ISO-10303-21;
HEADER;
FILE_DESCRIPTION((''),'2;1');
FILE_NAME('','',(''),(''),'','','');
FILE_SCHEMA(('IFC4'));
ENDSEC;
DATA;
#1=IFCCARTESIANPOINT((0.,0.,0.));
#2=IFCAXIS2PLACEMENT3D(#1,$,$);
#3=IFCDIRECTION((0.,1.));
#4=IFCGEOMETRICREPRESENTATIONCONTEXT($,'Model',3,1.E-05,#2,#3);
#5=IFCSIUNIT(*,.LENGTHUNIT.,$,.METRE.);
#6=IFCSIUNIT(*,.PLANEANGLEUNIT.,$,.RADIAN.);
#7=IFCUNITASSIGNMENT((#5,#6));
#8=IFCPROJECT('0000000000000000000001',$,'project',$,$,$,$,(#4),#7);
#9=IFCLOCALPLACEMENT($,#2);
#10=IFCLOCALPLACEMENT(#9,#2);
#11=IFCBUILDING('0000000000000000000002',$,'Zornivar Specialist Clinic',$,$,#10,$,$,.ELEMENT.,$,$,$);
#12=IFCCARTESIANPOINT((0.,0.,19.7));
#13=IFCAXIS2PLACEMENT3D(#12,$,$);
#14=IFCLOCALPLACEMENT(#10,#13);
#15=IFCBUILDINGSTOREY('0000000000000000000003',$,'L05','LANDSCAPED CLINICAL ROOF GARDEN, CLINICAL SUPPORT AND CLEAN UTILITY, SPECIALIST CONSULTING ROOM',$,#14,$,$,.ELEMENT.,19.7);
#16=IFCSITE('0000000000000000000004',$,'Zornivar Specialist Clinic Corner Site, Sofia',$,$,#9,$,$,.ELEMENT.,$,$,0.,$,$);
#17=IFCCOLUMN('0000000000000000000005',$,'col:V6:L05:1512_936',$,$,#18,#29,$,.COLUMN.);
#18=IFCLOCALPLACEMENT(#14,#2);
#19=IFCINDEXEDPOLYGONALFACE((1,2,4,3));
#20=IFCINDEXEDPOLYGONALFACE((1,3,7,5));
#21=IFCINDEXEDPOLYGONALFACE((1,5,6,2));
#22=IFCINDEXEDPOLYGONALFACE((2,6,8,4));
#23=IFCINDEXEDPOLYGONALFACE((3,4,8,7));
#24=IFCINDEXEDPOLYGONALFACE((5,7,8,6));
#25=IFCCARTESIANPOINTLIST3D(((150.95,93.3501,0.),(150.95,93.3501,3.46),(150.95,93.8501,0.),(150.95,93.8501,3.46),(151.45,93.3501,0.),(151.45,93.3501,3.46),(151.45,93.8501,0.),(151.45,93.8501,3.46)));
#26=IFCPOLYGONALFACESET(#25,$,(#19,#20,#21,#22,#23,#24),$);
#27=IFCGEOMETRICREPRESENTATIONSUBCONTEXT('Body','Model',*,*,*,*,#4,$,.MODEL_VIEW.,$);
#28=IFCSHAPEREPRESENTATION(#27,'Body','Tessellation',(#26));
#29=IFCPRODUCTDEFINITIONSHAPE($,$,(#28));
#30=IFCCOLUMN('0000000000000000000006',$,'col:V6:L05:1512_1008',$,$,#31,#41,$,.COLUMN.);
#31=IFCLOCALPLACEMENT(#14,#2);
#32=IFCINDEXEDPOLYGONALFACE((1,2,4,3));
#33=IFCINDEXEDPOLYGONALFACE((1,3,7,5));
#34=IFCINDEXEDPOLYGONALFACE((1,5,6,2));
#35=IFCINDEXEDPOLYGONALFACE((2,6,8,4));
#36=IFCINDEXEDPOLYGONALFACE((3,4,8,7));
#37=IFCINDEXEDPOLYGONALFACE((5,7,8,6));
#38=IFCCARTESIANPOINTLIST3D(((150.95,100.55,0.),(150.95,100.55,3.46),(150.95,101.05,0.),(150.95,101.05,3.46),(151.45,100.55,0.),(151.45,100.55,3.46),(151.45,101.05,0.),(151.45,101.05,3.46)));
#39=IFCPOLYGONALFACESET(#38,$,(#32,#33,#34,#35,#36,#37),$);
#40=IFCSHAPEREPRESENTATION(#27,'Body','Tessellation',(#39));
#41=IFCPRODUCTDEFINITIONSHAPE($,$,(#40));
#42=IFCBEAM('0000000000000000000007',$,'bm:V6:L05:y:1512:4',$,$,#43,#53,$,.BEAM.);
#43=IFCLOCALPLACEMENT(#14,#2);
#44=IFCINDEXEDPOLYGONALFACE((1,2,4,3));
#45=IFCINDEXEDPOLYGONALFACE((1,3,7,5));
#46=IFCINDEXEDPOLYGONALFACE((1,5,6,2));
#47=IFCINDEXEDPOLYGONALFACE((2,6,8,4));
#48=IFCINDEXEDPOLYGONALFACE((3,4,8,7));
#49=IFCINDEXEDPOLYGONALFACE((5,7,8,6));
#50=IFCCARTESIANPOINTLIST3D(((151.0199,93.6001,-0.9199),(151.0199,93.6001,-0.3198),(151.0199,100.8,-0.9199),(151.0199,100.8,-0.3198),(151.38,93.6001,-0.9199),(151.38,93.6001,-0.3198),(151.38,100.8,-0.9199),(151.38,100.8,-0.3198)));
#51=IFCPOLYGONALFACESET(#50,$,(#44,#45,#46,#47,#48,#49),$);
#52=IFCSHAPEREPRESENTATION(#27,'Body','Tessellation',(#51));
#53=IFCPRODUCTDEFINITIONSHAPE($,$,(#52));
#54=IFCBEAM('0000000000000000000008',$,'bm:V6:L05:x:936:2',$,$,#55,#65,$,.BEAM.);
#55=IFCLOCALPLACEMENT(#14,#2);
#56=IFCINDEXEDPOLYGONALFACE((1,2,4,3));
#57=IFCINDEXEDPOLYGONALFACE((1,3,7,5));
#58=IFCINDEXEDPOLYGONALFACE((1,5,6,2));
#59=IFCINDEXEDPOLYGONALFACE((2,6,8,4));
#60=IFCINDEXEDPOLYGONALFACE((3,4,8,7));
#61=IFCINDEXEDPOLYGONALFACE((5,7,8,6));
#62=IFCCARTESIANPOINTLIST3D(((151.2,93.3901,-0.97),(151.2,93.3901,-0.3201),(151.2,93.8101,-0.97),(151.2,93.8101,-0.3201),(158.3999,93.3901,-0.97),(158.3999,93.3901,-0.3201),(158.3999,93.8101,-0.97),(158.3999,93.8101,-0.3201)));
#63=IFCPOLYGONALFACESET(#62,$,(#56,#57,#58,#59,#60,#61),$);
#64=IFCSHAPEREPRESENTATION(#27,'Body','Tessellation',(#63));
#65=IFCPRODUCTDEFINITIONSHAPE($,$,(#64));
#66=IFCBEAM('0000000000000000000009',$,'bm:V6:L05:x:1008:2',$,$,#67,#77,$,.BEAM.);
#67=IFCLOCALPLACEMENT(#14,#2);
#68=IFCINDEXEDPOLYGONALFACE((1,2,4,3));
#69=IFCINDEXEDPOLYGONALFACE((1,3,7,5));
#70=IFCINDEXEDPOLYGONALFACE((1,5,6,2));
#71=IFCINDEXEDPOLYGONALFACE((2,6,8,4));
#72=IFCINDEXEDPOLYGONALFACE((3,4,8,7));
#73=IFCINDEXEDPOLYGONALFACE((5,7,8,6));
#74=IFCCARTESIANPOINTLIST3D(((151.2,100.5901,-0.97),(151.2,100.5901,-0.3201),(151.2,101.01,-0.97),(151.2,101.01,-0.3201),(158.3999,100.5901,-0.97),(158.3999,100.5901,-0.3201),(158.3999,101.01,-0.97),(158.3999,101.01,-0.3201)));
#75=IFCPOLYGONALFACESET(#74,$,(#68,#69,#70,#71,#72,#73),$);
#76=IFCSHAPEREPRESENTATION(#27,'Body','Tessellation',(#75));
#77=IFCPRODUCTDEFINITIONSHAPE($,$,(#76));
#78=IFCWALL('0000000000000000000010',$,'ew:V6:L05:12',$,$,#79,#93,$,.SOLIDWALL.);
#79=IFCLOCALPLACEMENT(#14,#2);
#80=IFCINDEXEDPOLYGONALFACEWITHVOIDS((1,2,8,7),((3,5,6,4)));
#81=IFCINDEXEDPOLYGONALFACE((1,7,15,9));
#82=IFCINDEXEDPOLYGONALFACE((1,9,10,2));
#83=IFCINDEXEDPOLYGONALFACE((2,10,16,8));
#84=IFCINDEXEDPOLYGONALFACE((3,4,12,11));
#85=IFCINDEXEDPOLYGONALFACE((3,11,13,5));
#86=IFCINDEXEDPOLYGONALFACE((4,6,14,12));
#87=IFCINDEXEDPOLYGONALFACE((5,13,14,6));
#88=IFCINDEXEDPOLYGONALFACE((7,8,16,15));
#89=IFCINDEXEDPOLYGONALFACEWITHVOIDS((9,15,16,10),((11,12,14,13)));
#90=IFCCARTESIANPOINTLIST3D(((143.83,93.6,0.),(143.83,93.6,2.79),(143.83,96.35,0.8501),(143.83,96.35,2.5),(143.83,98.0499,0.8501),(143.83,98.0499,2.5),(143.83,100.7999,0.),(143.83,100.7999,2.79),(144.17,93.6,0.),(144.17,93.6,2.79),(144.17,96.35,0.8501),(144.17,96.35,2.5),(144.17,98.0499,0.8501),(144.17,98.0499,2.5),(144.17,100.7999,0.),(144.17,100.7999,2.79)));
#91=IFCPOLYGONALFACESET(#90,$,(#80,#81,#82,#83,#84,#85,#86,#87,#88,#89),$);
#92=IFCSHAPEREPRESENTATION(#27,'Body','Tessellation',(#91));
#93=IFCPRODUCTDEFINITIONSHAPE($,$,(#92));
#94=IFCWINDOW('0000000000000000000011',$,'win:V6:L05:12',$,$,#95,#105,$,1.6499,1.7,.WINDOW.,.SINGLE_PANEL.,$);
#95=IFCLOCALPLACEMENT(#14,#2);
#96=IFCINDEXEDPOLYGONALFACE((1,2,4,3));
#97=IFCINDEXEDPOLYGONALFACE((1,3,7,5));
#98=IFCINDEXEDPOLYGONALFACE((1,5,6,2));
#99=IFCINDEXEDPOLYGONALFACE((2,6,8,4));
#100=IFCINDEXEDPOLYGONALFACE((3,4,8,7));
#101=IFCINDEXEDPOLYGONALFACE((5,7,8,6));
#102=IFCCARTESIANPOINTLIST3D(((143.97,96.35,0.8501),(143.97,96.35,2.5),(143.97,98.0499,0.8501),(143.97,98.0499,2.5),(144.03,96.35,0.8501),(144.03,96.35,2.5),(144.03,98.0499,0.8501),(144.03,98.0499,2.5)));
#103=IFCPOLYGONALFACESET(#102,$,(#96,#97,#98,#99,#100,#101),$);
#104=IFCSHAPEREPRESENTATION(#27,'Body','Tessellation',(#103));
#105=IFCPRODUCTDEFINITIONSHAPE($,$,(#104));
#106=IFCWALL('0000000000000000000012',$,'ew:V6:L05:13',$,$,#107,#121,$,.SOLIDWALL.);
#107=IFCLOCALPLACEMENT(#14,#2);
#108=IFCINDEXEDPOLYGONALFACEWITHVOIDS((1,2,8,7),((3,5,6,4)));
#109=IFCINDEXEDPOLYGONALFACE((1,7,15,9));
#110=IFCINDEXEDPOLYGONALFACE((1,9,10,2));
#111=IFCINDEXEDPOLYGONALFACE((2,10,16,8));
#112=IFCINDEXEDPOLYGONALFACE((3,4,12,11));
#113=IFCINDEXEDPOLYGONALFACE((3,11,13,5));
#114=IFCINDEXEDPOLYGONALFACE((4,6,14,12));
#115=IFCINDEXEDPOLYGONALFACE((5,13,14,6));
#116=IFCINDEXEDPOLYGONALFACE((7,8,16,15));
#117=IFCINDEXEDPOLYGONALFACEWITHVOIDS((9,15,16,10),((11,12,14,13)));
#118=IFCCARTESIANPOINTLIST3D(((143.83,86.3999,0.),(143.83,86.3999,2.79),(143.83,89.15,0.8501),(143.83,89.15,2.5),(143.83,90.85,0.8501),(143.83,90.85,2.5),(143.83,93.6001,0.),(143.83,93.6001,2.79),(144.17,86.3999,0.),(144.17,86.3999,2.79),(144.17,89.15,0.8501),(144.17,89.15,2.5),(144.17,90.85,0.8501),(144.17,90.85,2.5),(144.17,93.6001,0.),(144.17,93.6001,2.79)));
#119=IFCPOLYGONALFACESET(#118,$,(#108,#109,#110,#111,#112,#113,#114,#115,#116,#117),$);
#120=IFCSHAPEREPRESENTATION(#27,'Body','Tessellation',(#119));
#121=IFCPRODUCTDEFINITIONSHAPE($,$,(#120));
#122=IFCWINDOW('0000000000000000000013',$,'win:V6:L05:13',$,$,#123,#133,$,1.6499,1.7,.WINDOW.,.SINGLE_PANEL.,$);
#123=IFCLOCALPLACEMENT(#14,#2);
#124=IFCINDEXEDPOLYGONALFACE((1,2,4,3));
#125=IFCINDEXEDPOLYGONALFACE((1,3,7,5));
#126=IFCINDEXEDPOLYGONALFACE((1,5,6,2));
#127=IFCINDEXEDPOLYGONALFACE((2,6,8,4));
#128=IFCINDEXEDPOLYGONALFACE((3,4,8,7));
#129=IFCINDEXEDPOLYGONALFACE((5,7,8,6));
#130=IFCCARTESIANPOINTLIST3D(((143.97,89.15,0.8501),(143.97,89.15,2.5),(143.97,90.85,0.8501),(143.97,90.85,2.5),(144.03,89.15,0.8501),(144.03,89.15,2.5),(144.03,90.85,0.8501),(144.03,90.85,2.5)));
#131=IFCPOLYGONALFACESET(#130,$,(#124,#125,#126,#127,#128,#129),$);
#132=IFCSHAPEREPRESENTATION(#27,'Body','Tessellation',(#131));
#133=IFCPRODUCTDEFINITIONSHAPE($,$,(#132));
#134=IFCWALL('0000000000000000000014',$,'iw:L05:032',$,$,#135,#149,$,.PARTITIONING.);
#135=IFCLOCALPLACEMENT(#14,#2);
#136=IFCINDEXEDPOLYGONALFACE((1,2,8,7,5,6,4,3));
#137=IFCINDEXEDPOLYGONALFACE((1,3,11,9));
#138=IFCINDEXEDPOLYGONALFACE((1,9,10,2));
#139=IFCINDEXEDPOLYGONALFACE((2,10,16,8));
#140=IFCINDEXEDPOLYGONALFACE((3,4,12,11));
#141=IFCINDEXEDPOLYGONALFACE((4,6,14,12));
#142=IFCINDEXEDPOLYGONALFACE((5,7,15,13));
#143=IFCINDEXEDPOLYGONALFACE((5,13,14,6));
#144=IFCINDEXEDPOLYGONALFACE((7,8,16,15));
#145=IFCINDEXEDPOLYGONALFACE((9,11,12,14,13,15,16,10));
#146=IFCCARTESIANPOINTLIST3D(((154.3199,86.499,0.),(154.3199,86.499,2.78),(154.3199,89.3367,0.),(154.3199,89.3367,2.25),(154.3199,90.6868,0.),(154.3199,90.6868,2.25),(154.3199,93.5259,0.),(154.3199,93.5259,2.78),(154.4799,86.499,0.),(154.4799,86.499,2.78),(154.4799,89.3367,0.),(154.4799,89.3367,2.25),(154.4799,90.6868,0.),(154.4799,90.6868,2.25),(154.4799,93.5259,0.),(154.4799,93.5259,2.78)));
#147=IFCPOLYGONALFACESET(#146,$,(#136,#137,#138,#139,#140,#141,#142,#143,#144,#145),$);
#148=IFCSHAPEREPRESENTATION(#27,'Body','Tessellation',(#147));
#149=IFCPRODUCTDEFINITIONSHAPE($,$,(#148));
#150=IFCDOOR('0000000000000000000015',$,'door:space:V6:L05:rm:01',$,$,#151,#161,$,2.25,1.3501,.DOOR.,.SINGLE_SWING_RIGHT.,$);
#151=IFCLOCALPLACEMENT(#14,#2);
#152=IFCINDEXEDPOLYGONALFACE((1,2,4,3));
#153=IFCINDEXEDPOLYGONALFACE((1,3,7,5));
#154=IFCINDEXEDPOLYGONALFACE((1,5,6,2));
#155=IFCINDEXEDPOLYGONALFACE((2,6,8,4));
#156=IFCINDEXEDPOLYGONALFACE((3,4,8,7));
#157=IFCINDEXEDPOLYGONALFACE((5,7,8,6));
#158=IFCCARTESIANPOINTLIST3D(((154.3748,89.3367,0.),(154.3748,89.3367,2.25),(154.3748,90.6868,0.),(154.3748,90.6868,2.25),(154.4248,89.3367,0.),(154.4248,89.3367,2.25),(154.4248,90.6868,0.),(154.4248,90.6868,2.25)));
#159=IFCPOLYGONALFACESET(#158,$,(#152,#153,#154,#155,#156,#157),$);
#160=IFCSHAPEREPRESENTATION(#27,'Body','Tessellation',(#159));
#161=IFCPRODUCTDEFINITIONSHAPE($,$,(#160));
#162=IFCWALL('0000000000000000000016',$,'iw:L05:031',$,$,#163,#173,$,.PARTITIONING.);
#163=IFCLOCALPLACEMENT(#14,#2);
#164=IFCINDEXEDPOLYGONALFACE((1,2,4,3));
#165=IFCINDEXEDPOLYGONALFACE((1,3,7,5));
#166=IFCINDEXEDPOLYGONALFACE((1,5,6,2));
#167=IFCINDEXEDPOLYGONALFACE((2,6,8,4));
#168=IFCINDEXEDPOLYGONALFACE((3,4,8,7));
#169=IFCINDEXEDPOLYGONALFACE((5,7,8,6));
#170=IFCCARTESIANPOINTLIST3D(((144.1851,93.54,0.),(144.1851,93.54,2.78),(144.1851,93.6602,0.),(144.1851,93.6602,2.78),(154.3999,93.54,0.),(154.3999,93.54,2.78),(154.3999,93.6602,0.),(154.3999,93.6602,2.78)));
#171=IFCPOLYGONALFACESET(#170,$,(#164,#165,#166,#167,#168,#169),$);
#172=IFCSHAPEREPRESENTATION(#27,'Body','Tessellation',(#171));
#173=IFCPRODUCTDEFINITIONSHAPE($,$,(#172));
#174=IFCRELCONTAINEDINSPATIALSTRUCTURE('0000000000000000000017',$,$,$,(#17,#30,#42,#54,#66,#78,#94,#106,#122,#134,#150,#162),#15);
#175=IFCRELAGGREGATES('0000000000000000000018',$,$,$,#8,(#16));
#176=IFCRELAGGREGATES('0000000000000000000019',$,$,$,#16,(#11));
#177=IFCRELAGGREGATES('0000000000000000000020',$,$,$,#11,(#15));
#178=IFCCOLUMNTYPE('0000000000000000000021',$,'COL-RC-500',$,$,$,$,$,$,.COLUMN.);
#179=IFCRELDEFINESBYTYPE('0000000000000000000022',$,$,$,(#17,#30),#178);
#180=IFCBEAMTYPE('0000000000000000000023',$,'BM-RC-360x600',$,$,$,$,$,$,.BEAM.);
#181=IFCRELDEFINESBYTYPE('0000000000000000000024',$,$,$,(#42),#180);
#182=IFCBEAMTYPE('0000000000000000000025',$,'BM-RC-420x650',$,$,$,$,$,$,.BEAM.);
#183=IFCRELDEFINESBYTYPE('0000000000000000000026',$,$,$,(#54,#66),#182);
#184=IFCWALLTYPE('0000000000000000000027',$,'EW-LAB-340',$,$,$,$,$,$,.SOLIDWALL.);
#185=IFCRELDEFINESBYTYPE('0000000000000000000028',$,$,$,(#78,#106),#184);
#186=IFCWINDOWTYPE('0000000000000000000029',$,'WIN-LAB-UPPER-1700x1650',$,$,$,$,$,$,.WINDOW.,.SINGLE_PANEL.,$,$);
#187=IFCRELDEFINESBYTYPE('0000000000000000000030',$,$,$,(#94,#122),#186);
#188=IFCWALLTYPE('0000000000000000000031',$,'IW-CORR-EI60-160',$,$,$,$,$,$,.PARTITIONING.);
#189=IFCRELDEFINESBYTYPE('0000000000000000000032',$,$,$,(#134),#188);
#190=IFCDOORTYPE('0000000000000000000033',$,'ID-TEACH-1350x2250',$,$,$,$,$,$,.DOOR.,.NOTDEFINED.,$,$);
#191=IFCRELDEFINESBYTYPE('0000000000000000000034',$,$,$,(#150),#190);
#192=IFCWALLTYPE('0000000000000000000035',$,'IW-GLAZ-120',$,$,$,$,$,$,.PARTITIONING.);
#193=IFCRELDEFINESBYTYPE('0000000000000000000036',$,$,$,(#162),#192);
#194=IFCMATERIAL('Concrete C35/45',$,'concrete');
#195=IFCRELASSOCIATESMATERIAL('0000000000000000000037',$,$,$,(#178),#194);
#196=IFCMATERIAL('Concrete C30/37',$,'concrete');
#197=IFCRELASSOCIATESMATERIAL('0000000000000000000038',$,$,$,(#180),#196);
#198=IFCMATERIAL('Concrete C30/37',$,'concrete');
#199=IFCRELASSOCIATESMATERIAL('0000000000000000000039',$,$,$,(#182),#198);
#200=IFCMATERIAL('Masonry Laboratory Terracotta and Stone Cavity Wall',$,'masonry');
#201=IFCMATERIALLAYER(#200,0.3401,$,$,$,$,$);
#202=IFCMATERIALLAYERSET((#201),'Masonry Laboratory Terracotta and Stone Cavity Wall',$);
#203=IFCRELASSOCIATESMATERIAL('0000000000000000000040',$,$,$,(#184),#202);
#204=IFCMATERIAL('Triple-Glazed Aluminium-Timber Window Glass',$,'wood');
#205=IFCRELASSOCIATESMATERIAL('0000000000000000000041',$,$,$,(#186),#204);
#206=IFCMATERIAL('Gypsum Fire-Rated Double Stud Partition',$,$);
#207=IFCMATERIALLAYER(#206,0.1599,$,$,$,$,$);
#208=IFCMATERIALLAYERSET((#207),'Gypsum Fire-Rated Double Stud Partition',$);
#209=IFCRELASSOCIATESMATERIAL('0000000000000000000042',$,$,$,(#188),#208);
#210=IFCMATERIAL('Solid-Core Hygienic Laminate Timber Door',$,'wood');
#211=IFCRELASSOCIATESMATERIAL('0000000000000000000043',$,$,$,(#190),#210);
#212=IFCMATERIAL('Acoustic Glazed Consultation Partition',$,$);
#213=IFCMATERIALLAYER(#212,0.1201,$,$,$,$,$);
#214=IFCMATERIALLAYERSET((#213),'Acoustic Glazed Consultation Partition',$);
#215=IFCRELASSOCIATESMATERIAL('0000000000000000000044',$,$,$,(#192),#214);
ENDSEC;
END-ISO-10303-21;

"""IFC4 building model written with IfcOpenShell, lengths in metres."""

from ifc_helpers import new_model, si_unit, direction, frame, frame_2d, origin, origin_2d, place, context, subcontext, project, spatial, rectangle, extrude, material, layer, layer_set, material_profile, profile_set, type_object, element, fill, save


model = new_model("IFC4")

# Units and contexts
model_context = context("Model", 3, precision=1e-05, world=origin(), true_north=direction((0.0, 1.0)))
body_context = subcontext(model_context, "Body", "Model", "MODEL_VIEW")
ifc_project = project(units=[si_unit("LENGTHUNIT", "METRE"), si_unit("PLANEANGLEUNIT", "RADIAN")], contexts=[model_context])

# Site, building, storey
site_placement = place(None, origin())
site = spatial("IfcSite", under=ifc_project, at=site_placement, Name="Zornivar Specialist Clinic Corner Site, Sofia", CompositionType="ELEMENT", RefElevation=0.0)
building_placement = place(site_placement, origin())
building = spatial("IfcBuilding", under=site, at=building_placement, Name="Zornivar Specialist Clinic", CompositionType="ELEMENT")
storey_placement = place(building_placement, frame((0.0, 0.0, 19.7)))
storey = spatial("IfcBuildingStorey", under=building, at=storey_placement, Name="L05", Description="LANDSCAPED CLINICAL ROOF GARDEN, CLINICAL SUPPORT AND CLEAN UTILITY, SPECIALIST CONSULTING ROOM", CompositionType="ELEMENT", Elevation=19.7)

# Columns
ifc_material_1 = material(Name="Concrete C35/45", Category="concrete")
ifc_material_profile_1 = material_profile(ifc_material_1, rectangle(XDim=0.5, YDim=0.5, at=origin_2d()), Name="RC 500x500")
ifc_profile_set_1 = profile_set([ifc_material_profile_1], Name="Concrete C35/45")
column_type = type_object("IfcColumnType", Name="COL-RC-500", PredefinedType="COLUMN", material=ifc_profile_set_1)
for number, where, z_axis, x_axis, name in (
    (1, (151.2, 93.6001, 0.0), (0.0, 0.0, 1.0), (1.0, 0.0, 0.0), "col:V6:L05:1512_936"),
    (2, (151.2, 100.8, 0.0), (0.0, 0.0, 1.0), (1.0, 0.0, 0.0), "col:V6:L05:1512_1008"),
):
    element("IfcColumn", number, at=place(storey_placement, frame(where, z_axis=z_axis, x_axis=x_axis)), inside=storey, type_object=column_type, Name=name, PredefinedType="COLUMN", context=body_context, shape_type="SweptSolid", body=[
        extrude(rectangle(XDim=0.5, YDim=0.5, at=origin_2d()), origin(), (0.0, 0.0, 1.0), 3.46),
    ])

# Beams
ifc_material_2 = material(Name="Concrete C30/37", Category="concrete")
ifc_material_profile_2 = material_profile(ifc_material_2, rectangle(XDim=0.3601, YDim=0.6001, at=origin_2d()), Name="RC 360x600")
ifc_profile_set_2 = profile_set([ifc_material_profile_2], Name="Concrete C30/37")
beam_type_1 = type_object("IfcBeamType", Name="BM-RC-360x600", PredefinedType="BEAM", material=ifc_profile_set_2)
beam_placement = place(storey_placement, frame((151.2, 93.6001, -0.6199), z_axis=(0.0, 1.0, 0.0), x_axis=(-1.0, 0.0, 0.0)))
element("IfcBeam", 3, at=beam_placement, inside=storey, type_object=beam_type_1, Name="bm:V6:L05:y:1512:4", PredefinedType="BEAM", context=body_context, shape_type="SweptSolid", body=[
    extrude(rectangle(XDim=0.3601, YDim=0.6001, at=origin_2d()), origin(), (0.0, 0.0, 1.0), 7.2),
])
ifc_material_3 = material(Name="Concrete C30/37", Category="concrete")
ifc_material_profile_3 = material_profile(ifc_material_3, rectangle(XDim=0.4199, YDim=0.6499, at=origin_2d()), Name="RC 420x650")
ifc_profile_set_3 = profile_set([ifc_material_profile_3], Name="Concrete C30/37")
beam_type_2 = type_object("IfcBeamType", Name="BM-RC-420x650", PredefinedType="BEAM", material=ifc_profile_set_3)
for number, where, z_axis, x_axis, name in (
    (4, (151.2, 93.6001, -0.645), (1.0, 0.0, 0.0), (0.0, 1.0, 0.0), "bm:V6:L05:x:936:2"),
    (5, (151.2, 100.8, -0.645), (1.0, 0.0, 0.0), (0.0, 1.0, 0.0), "bm:V6:L05:x:1008:2"),
):
    element("IfcBeam", number, at=place(storey_placement, frame(where, z_axis=z_axis, x_axis=x_axis)), inside=storey, type_object=beam_type_2, Name=name, PredefinedType="BEAM", context=body_context, shape_type="SweptSolid", body=[
        extrude(rectangle(XDim=0.4199, YDim=0.6499, at=origin_2d()), origin(), (0.0, 0.0, 1.0), 7.2),
    ])

# Walls, openings, windows
ifc_material_4 = material(Name="Masonry Laboratory Terracotta and Stone Cavity Wall", Category="masonry")
ifc_layer_1 = layer(ifc_material_4, 0.3401)
ifc_layer_set_1 = layer_set([ifc_layer_1], Name="Masonry Laboratory Terracotta and Stone Cavity Wall")
wall_type_1 = type_object("IfcWallType", Name="EW-LAB-340", PredefinedType="SOLIDWALL", material=ifc_layer_set_1)
wall_1_placement = place(storey_placement, frame((144.0, 100.8, 0.0), z_axis=(0.0, 0.0, 1.0), x_axis=(0.0, -1.0, 0.0)))
wall_1 = element("IfcWall", 6, at=wall_1_placement, inside=storey, type_object=wall_type_1, Name="ew:V6:L05:12", PredefinedType="SOLIDWALL", context=body_context, shape_type="SweptSolid", body=[
    extrude(rectangle(XDim=7.2, YDim=0.3401, at=frame_2d((3.6001, 0.0))), origin(), (0.0, 0.0, 1.0), 2.79),
])
opening_1_placement = place(wall_1_placement, frame((2.75, 0.0, 0.8501)))
opening_1 = element("IfcOpeningElement", 7, at=opening_1_placement, cuts=wall_1, PredefinedType="OPENING", context=body_context, shape_type="SweptSolid", body=[
    extrude(rectangle(XDim=1.7, YDim=1.6499, at=frame_2d((0.8501, 0.825))), frame((0.0, 0.1799, 0.0), z_axis=(0.0, -1.0, 0.0), x_axis=(1.0, 0.0, 0.0)), (0.0, 0.0, 1.0), 0.3601),
])
ifc_material_5 = material(Name="Triple-Glazed Aluminium-Timber Window Glass", Category="wood")
window_type = type_object("IfcWindowType", Name="WIN-LAB-UPPER-1700x1650", PartitioningType="SINGLE_PANEL", PredefinedType="WINDOW", material=ifc_material_5)
window_1_placement = place(opening_1_placement, origin())
window_1 = element("IfcWindow", 8, at=window_1_placement, inside=storey, type_object=window_type, Name="win:V6:L05:12", OverallHeight=1.6499, OverallWidth=1.7, PartitioningType="SINGLE_PANEL", PredefinedType="WINDOW", context=body_context, shape_type="SweptSolid", body=[
    extrude(rectangle(XDim=1.7, YDim=1.6499, at=frame_2d((0.8501, 0.825))), frame((0.0, 0.03, 0.0), z_axis=(0.0, -1.0, 0.0), x_axis=(1.0, 0.0, 0.0)), (0.0, 0.0, 1.0), 0.0601),
])
fill(opening_1, window_1)
wall_2_placement = place(storey_placement, frame((144.0, 93.6001, 0.0), z_axis=(0.0, 0.0, 1.0), x_axis=(0.0, -1.0, 0.0)))
wall_2 = element("IfcWall", 9, at=wall_2_placement, inside=storey, type_object=wall_type_1, Name="ew:V6:L05:13", PredefinedType="SOLIDWALL", context=body_context, shape_type="SweptSolid", body=[
    extrude(rectangle(XDim=7.2002, YDim=0.3401, at=frame_2d((3.6001, 0.0))), origin(), (0.0, 0.0, 1.0), 2.79),
])
opening_2_placement = place(wall_2_placement, frame((2.75, 0.0, 0.8501)))
opening_2 = element("IfcOpeningElement", 10, at=opening_2_placement, cuts=wall_2, PredefinedType="OPENING", context=body_context, shape_type="SweptSolid", body=[
    extrude(rectangle(XDim=1.7, YDim=1.6499, at=frame_2d((0.8501, 0.825))), frame((0.0, 0.1799, 0.0), z_axis=(0.0, -1.0, 0.0), x_axis=(1.0, 0.0, 0.0)), (0.0, 0.0, 1.0), 0.3601),
])
window_2_placement = place(opening_2_placement, origin())
window_2 = element("IfcWindow", 11, at=window_2_placement, inside=storey, type_object=window_type, Name="win:V6:L05:13", OverallHeight=1.6499, OverallWidth=1.7, PartitioningType="SINGLE_PANEL", PredefinedType="WINDOW", context=body_context, shape_type="SweptSolid", body=[
    extrude(rectangle(XDim=1.7, YDim=1.6499, at=frame_2d((0.8501, 0.825))), frame((0.0, 0.03, 0.0), z_axis=(0.0, -1.0, 0.0), x_axis=(1.0, 0.0, 0.0)), (0.0, 0.0, 1.0), 0.0601),
])
fill(opening_2, window_2)

# Wall, opening, door
ifc_material_6 = material(Name="Gypsum Fire-Rated Double Stud Partition")
ifc_layer_2 = layer(ifc_material_6, 0.1599)
ifc_layer_set_2 = layer_set([ifc_layer_2], Name="Gypsum Fire-Rated Double Stud Partition")
wall_type_2 = type_object("IfcWallType", Name="IW-CORR-EI60-160", PredefinedType="PARTITIONING", material=ifc_layer_set_2)
wall_3_placement = place(storey_placement, frame((154.3999, 93.5259, 0.0), z_axis=(0.0, 0.0, 1.0), x_axis=(0.0, -1.0, 0.0)))
wall_3 = element("IfcWall", 12, at=wall_3_placement, inside=storey, type_object=wall_type_2, Name="iw:L05:032", PredefinedType="PARTITIONING", context=body_context, shape_type="SweptSolid", body=[
    extrude(rectangle(XDim=7.0269, YDim=0.1599, at=frame_2d((3.5134, 0.0))), origin(), (0.0, 0.0, 1.0), 2.78),
])
opening_3_placement = place(wall_3_placement, frame((2.8391, 0.0, 0.0)))
opening_3 = element("IfcOpeningElement", 13, at=opening_3_placement, cuts=wall_3, PredefinedType="OPENING", context=body_context, shape_type="SweptSolid", body=[
    extrude(rectangle(XDim=1.3501, YDim=2.25, at=frame_2d((0.675, 1.125))), frame((0.0, 0.0898, 0.0), z_axis=(0.0, -1.0, 0.0), x_axis=(1.0, 0.0, 0.0)), (0.0, 0.0, 1.0), 0.1799),
])
ifc_material_7 = material(Name="Solid-Core Hygienic Laminate Timber Door", Category="wood")
door_type_1 = type_object("IfcDoorType", Name="ID-TEACH-1350x2250", OperationType="NOTDEFINED", PredefinedType="DOOR", material=ifc_material_7)
door_1_placement = place(opening_3_placement, origin())
door_1 = element("IfcDoor", 14, at=door_1_placement, inside=storey, type_object=door_type_1, Name="door:space:V6:L05:rm:01", OperationType="SINGLE_SWING_RIGHT", OverallHeight=2.25, OverallWidth=1.3501, PredefinedType="DOOR", context=body_context, shape_type="SweptSolid", body=[
    extrude(rectangle(XDim=1.3501, YDim=2.25, at=frame_2d((0.675, 1.125))), frame((0.0, 0.0249, 0.0), z_axis=(0.0, -1.0, 0.0), x_axis=(1.0, 0.0, 0.0)), (0.0, 0.0, 1.0), 0.05),
])
fill(opening_3, door_1)

# Wall
ifc_material_8 = material(Name="Acoustic Glazed Consultation Partition")
ifc_layer_3 = layer(ifc_material_8, 0.1201)
ifc_layer_set_3 = layer_set([ifc_layer_3], Name="Acoustic Glazed Consultation Partition")
wall_type_3 = type_object("IfcWallType", Name="IW-GLAZ-120", PredefinedType="PARTITIONING", material=ifc_layer_set_3)
wall_4_placement = place(storey_placement, frame((144.1851, 93.6001, 0.0), z_axis=(0.0, 0.0, 1.0), x_axis=(1.0, 0.0, 0.0)))
element("IfcWall", 15, at=wall_4_placement, inside=storey, type_object=wall_type_3, Name="iw:L05:031", PredefinedType="PARTITIONING", context=body_context, shape_type="SweptSolid", body=[
    extrude(rectangle(XDim=10.2148, YDim=0.1201, at=frame_2d((5.1074, 0.0))), origin(), (0.0, 0.0, 1.0), 2.78),
])

save(model, "model.ifc")
